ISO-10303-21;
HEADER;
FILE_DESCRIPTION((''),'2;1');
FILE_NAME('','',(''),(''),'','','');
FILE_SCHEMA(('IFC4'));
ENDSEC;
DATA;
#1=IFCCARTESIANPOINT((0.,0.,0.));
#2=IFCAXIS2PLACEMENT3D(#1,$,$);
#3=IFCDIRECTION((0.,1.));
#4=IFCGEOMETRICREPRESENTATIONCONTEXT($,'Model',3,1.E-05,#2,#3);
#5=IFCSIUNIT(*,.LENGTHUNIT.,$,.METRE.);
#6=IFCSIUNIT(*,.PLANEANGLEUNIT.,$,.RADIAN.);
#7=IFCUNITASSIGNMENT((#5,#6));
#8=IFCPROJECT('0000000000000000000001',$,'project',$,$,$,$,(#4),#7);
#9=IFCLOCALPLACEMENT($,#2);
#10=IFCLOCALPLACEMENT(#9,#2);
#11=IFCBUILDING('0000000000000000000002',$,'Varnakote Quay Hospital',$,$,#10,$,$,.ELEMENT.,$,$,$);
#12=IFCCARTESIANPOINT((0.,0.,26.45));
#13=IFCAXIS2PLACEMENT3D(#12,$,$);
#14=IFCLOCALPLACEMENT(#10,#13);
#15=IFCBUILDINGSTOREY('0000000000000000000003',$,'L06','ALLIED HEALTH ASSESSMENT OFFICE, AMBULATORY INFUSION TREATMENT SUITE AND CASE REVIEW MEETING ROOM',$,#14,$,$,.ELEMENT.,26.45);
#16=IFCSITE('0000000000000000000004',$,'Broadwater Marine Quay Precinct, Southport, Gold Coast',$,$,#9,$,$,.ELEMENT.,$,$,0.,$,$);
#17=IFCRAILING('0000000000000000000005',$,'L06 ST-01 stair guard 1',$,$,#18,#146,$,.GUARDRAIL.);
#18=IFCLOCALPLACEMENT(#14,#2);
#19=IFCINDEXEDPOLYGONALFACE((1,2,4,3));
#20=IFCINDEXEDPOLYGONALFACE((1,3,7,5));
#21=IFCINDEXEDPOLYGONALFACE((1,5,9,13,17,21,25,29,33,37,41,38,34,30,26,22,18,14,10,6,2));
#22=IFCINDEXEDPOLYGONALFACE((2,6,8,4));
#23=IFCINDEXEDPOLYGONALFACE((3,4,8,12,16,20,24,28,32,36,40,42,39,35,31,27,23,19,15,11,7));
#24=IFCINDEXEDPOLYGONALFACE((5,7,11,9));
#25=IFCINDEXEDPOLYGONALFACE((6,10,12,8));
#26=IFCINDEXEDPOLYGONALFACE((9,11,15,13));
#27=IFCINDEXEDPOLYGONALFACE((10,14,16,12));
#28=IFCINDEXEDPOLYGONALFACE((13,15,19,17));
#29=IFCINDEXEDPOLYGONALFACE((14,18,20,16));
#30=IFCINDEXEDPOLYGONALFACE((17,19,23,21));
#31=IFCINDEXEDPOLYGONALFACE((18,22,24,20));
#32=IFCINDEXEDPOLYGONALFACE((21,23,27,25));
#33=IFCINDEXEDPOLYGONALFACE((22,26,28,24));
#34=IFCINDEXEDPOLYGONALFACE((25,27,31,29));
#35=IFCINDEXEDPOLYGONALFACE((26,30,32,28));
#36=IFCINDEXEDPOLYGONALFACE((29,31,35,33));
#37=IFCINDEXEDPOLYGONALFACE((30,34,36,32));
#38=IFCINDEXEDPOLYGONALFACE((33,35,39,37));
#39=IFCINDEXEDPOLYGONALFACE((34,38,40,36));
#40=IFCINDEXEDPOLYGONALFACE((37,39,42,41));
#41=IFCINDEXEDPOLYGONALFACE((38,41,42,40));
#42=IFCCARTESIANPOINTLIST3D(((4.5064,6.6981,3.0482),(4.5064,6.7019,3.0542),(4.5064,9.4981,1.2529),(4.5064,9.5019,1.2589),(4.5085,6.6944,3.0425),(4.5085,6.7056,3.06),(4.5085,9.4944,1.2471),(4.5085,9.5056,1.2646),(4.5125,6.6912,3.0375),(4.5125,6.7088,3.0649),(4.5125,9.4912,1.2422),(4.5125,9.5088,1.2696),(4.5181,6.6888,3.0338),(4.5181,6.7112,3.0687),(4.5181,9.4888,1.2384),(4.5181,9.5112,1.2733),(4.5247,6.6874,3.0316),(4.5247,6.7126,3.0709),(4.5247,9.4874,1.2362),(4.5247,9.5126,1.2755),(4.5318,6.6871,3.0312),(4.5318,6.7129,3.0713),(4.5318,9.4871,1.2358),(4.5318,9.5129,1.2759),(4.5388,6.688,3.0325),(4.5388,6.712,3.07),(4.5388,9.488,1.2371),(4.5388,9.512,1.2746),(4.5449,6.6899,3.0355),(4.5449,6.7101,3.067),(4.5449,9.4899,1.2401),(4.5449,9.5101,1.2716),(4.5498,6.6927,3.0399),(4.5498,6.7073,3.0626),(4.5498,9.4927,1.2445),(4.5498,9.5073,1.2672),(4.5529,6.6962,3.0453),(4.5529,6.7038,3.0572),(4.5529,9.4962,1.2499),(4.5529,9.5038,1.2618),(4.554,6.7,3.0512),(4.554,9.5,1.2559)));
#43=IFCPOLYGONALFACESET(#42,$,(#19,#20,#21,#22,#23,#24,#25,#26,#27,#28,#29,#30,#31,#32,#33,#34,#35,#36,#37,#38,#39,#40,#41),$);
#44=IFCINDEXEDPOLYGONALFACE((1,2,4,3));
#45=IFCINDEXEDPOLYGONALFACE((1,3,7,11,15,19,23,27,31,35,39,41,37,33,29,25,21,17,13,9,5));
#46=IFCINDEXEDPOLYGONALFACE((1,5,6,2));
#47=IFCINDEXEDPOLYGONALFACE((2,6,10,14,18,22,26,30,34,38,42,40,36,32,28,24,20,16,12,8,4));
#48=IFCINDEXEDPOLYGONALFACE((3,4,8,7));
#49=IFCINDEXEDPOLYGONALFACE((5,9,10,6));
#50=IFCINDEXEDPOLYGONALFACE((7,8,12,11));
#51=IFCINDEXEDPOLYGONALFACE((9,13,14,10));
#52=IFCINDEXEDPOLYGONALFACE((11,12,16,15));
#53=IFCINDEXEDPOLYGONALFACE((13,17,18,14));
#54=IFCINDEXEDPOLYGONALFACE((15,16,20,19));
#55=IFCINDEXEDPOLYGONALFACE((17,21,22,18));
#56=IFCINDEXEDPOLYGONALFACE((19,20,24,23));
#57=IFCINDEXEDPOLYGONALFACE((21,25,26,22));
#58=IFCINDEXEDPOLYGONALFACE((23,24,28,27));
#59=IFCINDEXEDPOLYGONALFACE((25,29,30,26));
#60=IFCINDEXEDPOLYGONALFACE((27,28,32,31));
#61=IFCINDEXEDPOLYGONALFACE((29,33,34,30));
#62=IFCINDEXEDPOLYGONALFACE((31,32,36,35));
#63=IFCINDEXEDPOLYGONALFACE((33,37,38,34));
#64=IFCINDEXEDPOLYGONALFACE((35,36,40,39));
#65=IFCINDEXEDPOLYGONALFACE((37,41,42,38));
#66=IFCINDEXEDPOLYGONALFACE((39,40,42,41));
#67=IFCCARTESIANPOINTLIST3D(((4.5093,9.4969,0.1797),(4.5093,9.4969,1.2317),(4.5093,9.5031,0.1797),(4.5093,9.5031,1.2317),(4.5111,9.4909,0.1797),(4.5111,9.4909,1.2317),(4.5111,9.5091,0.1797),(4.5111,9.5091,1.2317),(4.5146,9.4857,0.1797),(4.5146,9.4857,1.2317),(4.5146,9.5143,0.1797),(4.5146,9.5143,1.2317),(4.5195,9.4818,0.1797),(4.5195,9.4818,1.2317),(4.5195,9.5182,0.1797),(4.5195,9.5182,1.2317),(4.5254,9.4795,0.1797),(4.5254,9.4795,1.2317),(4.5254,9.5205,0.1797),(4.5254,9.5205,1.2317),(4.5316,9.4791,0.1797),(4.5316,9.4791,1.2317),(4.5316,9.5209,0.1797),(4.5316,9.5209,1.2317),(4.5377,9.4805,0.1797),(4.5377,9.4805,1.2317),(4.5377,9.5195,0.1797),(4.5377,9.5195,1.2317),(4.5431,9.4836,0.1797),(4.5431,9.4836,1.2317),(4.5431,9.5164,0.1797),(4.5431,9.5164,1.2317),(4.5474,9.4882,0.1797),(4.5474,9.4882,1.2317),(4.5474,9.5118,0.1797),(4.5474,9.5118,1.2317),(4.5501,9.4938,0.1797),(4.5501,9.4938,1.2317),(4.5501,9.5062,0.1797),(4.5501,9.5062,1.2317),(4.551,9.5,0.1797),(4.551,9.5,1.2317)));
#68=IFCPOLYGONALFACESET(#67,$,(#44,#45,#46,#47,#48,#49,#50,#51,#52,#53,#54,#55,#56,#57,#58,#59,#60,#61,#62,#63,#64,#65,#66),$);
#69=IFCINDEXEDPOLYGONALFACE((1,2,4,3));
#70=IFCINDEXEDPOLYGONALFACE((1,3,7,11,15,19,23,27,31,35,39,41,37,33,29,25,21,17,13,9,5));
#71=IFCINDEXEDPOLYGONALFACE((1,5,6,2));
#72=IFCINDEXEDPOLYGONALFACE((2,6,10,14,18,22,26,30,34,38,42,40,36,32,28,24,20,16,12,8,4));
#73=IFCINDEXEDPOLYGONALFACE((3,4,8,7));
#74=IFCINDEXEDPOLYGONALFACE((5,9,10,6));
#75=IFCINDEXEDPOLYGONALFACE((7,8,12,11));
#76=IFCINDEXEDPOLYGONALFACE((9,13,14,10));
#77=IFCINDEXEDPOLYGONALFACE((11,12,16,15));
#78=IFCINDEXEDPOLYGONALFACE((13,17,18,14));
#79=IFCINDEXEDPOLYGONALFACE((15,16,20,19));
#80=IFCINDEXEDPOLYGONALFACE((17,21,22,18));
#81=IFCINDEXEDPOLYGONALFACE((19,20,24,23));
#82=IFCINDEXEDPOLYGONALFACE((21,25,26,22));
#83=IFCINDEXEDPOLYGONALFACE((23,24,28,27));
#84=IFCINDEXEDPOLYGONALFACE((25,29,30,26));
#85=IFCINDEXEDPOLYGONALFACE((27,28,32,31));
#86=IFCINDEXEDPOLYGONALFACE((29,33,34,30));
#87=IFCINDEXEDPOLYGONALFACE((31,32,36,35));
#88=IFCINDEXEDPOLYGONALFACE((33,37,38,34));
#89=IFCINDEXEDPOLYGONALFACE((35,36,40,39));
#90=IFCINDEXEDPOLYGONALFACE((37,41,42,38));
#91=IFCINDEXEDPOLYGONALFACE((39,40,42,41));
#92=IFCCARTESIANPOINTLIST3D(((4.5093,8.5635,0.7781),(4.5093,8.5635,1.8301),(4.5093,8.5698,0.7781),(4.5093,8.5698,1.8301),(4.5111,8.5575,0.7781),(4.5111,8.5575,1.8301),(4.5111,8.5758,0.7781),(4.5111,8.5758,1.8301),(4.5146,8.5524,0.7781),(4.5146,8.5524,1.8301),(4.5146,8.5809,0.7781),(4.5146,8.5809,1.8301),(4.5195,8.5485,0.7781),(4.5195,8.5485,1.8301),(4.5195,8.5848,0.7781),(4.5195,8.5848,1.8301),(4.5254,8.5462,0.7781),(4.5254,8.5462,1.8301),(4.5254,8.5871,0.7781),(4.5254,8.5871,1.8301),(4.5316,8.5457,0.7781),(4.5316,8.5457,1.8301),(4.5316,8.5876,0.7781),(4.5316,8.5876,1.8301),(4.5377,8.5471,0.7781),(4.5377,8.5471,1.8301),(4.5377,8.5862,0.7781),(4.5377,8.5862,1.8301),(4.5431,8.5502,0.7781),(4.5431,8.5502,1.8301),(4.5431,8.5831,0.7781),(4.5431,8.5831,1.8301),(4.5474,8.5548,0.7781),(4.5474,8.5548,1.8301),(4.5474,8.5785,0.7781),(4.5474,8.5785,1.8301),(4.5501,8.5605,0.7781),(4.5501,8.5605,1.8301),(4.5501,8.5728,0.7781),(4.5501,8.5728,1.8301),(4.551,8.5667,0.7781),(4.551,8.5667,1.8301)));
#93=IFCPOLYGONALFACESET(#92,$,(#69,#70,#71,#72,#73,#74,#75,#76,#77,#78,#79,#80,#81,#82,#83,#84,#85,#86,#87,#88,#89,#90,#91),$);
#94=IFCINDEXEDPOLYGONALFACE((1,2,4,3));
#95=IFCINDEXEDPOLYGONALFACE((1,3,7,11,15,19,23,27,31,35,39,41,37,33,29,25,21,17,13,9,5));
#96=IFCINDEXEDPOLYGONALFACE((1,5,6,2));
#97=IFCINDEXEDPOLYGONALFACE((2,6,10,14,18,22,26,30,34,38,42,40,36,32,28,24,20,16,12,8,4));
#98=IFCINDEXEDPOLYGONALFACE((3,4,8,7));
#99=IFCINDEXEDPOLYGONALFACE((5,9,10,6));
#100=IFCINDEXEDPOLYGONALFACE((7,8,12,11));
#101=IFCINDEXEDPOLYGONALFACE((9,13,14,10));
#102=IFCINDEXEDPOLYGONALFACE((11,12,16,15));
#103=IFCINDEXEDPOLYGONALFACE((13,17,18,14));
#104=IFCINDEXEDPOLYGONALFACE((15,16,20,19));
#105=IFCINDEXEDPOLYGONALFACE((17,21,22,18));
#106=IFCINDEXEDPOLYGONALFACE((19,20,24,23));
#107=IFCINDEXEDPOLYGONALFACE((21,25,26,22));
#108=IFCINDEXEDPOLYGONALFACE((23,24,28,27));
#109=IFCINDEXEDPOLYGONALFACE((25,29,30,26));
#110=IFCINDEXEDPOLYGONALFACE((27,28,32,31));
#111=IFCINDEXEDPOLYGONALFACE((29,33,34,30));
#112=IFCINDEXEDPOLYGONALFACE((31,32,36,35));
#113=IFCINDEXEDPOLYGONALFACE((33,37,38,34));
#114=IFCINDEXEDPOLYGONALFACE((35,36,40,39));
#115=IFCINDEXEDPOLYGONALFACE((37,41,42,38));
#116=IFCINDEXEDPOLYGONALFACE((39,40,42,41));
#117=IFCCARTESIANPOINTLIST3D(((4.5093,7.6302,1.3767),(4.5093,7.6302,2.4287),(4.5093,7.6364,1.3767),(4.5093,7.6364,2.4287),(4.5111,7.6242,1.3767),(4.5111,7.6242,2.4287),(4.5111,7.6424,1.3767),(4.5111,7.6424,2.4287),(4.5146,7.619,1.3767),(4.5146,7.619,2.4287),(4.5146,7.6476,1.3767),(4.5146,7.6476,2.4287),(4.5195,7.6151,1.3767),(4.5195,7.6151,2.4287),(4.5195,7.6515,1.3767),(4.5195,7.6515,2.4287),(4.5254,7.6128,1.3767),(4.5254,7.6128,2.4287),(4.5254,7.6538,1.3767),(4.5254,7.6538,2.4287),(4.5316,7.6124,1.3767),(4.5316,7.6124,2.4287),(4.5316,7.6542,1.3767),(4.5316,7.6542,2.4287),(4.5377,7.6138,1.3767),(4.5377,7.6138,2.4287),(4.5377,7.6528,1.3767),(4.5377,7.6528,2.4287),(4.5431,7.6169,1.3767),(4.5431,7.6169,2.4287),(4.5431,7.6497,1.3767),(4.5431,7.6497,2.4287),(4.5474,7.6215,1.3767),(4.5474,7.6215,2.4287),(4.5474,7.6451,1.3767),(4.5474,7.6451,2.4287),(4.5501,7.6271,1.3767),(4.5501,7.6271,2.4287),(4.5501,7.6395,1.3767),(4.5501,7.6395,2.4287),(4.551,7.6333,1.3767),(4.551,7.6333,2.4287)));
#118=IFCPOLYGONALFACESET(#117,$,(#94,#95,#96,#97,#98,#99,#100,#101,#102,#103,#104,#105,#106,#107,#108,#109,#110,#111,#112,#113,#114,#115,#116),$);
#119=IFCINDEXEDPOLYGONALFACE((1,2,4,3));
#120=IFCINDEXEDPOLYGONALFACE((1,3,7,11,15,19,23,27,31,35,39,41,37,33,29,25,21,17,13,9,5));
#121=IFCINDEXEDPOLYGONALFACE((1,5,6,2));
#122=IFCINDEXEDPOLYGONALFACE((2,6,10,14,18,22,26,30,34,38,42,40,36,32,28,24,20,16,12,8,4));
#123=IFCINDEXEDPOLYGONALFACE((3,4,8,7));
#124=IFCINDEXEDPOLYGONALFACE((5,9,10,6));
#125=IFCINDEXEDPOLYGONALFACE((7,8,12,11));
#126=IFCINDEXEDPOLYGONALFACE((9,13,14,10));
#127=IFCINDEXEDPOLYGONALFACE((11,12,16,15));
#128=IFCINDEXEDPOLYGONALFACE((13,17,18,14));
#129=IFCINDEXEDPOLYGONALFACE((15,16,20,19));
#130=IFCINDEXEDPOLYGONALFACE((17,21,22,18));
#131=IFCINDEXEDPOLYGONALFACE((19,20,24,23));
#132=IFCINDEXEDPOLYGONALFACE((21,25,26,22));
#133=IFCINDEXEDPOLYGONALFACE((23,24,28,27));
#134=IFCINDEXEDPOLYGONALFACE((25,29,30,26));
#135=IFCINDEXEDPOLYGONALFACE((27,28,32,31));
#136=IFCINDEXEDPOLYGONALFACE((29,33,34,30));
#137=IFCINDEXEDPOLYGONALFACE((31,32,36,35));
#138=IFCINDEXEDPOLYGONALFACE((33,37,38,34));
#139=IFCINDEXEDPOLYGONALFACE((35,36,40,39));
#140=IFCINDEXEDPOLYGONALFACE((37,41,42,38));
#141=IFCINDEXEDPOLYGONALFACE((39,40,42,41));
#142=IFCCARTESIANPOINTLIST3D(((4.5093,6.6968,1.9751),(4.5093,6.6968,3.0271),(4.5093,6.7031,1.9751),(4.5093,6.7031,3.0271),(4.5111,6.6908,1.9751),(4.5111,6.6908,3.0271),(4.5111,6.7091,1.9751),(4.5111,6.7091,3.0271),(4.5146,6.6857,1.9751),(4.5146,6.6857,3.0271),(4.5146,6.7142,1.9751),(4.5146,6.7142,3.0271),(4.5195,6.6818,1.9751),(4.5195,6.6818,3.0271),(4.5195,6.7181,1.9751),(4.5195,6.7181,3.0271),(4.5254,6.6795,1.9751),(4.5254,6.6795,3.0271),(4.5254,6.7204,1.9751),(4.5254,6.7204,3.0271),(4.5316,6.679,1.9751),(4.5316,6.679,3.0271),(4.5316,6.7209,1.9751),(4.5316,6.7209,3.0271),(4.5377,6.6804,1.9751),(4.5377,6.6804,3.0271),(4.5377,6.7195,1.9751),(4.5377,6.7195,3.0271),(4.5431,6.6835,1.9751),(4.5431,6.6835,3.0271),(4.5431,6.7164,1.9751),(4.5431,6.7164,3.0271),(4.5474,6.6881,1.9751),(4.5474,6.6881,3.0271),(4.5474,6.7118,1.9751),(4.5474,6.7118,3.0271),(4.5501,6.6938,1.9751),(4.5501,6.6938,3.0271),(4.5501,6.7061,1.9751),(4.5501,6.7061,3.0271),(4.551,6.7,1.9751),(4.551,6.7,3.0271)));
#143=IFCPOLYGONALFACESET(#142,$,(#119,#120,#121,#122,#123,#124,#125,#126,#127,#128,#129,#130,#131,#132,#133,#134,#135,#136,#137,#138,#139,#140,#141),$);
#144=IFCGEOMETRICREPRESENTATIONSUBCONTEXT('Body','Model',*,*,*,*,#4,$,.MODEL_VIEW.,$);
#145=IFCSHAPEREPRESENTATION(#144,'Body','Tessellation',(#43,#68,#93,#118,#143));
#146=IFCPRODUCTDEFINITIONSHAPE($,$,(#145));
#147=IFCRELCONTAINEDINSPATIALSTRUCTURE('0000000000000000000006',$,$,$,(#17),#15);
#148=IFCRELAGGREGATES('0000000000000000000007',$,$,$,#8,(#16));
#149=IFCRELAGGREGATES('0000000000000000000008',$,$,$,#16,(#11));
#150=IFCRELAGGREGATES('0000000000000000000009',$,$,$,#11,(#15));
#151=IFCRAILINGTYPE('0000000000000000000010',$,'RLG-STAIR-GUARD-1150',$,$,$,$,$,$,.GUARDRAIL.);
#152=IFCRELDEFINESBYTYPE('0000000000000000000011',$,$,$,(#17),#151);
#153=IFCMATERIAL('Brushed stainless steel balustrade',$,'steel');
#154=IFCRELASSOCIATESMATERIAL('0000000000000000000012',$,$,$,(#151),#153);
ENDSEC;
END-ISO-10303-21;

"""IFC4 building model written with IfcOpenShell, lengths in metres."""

from ifc_helpers import new_model, si_unit, direction, frame, origin, origin_2d, place, context, subcontext, project, spatial, circle, extrude, material, type_object, element, save


model = new_model("IFC4")

# Units and contexts
model_context = context("Model", 3, precision=1e-05, world=origin(), true_north=direction((0.0, 1.0)))
body_context = subcontext(model_context, "Body", "Model", "MODEL_VIEW")
ifc_project = project(units=[si_unit("LENGTHUNIT", "METRE"), si_unit("PLANEANGLEUNIT", "RADIAN")], contexts=[model_context])

# Site, building, storey
site_placement = place(None, origin())
site = spatial("IfcSite", under=ifc_project, at=site_placement, Name="Broadwater Marine Quay Precinct, Southport, Gold Coast", CompositionType="ELEMENT", RefElevation=0.0)
building_placement = place(site_placement, origin())
building = spatial("IfcBuilding", under=site, at=building_placement, Name="Varnakote Quay Hospital", CompositionType="ELEMENT")
storey_placement = place(building_placement, frame((0.0, 0.0, 26.45)))
storey = spatial("IfcBuildingStorey", under=building, at=storey_placement, Name="L06", Description="ALLIED HEALTH ASSESSMENT OFFICE, AMBULATORY INFUSION TREATMENT SUITE AND CASE REVIEW MEETING ROOM", CompositionType="ELEMENT", Elevation=26.45)

# Railing
ifc_material_1 = material(Name="Brushed stainless steel balustrade", Category="steel")
railing_type_1 = type_object("IfcRailingType", Name="RLG-STAIR-GUARD-1150", PredefinedType="GUARDRAIL", material=ifc_material_1)
railing_1_placement = place(storey_placement, frame((4.53, 9.5, 0.1797)))
element("IfcRailing", 1, at=railing_1_placement, inside=storey, type_object=railing_type_1, Name="L06 ST-01 stair guard 1", PredefinedType="GUARDRAIL", context=body_context, shape_type="SweptSolid", body=[
    extrude(circle(Radius=0.0239, at=origin_2d()), frame((0.0, 0.0, 1.0762), z_axis=(0.0, -0.84181, 0.539774), x_axis=(1.0, 0.0, 0.0)), (0.0, 0.0, 1.0), 3.3262),
    extrude(circle(Radius=0.021, at=origin_2d()), origin(), (0.0, 0.0, 1.0), 1.052),
    extrude(circle(Radius=0.021, at=origin_2d()), frame((0.0, -0.9333, 0.5984)), (0.0, 0.0, 1.0), 1.052),
    extrude(circle(Radius=0.021, at=origin_2d()), frame((0.0, -1.8667, 1.197)), (0.0, 0.0, 1.0), 1.052),
    extrude(circle(Radius=0.021, at=origin_2d()), frame((0.0, -2.8, 1.7954)), (0.0, 0.0, 1.0), 1.052),
])

save(model, "model.ifc")
